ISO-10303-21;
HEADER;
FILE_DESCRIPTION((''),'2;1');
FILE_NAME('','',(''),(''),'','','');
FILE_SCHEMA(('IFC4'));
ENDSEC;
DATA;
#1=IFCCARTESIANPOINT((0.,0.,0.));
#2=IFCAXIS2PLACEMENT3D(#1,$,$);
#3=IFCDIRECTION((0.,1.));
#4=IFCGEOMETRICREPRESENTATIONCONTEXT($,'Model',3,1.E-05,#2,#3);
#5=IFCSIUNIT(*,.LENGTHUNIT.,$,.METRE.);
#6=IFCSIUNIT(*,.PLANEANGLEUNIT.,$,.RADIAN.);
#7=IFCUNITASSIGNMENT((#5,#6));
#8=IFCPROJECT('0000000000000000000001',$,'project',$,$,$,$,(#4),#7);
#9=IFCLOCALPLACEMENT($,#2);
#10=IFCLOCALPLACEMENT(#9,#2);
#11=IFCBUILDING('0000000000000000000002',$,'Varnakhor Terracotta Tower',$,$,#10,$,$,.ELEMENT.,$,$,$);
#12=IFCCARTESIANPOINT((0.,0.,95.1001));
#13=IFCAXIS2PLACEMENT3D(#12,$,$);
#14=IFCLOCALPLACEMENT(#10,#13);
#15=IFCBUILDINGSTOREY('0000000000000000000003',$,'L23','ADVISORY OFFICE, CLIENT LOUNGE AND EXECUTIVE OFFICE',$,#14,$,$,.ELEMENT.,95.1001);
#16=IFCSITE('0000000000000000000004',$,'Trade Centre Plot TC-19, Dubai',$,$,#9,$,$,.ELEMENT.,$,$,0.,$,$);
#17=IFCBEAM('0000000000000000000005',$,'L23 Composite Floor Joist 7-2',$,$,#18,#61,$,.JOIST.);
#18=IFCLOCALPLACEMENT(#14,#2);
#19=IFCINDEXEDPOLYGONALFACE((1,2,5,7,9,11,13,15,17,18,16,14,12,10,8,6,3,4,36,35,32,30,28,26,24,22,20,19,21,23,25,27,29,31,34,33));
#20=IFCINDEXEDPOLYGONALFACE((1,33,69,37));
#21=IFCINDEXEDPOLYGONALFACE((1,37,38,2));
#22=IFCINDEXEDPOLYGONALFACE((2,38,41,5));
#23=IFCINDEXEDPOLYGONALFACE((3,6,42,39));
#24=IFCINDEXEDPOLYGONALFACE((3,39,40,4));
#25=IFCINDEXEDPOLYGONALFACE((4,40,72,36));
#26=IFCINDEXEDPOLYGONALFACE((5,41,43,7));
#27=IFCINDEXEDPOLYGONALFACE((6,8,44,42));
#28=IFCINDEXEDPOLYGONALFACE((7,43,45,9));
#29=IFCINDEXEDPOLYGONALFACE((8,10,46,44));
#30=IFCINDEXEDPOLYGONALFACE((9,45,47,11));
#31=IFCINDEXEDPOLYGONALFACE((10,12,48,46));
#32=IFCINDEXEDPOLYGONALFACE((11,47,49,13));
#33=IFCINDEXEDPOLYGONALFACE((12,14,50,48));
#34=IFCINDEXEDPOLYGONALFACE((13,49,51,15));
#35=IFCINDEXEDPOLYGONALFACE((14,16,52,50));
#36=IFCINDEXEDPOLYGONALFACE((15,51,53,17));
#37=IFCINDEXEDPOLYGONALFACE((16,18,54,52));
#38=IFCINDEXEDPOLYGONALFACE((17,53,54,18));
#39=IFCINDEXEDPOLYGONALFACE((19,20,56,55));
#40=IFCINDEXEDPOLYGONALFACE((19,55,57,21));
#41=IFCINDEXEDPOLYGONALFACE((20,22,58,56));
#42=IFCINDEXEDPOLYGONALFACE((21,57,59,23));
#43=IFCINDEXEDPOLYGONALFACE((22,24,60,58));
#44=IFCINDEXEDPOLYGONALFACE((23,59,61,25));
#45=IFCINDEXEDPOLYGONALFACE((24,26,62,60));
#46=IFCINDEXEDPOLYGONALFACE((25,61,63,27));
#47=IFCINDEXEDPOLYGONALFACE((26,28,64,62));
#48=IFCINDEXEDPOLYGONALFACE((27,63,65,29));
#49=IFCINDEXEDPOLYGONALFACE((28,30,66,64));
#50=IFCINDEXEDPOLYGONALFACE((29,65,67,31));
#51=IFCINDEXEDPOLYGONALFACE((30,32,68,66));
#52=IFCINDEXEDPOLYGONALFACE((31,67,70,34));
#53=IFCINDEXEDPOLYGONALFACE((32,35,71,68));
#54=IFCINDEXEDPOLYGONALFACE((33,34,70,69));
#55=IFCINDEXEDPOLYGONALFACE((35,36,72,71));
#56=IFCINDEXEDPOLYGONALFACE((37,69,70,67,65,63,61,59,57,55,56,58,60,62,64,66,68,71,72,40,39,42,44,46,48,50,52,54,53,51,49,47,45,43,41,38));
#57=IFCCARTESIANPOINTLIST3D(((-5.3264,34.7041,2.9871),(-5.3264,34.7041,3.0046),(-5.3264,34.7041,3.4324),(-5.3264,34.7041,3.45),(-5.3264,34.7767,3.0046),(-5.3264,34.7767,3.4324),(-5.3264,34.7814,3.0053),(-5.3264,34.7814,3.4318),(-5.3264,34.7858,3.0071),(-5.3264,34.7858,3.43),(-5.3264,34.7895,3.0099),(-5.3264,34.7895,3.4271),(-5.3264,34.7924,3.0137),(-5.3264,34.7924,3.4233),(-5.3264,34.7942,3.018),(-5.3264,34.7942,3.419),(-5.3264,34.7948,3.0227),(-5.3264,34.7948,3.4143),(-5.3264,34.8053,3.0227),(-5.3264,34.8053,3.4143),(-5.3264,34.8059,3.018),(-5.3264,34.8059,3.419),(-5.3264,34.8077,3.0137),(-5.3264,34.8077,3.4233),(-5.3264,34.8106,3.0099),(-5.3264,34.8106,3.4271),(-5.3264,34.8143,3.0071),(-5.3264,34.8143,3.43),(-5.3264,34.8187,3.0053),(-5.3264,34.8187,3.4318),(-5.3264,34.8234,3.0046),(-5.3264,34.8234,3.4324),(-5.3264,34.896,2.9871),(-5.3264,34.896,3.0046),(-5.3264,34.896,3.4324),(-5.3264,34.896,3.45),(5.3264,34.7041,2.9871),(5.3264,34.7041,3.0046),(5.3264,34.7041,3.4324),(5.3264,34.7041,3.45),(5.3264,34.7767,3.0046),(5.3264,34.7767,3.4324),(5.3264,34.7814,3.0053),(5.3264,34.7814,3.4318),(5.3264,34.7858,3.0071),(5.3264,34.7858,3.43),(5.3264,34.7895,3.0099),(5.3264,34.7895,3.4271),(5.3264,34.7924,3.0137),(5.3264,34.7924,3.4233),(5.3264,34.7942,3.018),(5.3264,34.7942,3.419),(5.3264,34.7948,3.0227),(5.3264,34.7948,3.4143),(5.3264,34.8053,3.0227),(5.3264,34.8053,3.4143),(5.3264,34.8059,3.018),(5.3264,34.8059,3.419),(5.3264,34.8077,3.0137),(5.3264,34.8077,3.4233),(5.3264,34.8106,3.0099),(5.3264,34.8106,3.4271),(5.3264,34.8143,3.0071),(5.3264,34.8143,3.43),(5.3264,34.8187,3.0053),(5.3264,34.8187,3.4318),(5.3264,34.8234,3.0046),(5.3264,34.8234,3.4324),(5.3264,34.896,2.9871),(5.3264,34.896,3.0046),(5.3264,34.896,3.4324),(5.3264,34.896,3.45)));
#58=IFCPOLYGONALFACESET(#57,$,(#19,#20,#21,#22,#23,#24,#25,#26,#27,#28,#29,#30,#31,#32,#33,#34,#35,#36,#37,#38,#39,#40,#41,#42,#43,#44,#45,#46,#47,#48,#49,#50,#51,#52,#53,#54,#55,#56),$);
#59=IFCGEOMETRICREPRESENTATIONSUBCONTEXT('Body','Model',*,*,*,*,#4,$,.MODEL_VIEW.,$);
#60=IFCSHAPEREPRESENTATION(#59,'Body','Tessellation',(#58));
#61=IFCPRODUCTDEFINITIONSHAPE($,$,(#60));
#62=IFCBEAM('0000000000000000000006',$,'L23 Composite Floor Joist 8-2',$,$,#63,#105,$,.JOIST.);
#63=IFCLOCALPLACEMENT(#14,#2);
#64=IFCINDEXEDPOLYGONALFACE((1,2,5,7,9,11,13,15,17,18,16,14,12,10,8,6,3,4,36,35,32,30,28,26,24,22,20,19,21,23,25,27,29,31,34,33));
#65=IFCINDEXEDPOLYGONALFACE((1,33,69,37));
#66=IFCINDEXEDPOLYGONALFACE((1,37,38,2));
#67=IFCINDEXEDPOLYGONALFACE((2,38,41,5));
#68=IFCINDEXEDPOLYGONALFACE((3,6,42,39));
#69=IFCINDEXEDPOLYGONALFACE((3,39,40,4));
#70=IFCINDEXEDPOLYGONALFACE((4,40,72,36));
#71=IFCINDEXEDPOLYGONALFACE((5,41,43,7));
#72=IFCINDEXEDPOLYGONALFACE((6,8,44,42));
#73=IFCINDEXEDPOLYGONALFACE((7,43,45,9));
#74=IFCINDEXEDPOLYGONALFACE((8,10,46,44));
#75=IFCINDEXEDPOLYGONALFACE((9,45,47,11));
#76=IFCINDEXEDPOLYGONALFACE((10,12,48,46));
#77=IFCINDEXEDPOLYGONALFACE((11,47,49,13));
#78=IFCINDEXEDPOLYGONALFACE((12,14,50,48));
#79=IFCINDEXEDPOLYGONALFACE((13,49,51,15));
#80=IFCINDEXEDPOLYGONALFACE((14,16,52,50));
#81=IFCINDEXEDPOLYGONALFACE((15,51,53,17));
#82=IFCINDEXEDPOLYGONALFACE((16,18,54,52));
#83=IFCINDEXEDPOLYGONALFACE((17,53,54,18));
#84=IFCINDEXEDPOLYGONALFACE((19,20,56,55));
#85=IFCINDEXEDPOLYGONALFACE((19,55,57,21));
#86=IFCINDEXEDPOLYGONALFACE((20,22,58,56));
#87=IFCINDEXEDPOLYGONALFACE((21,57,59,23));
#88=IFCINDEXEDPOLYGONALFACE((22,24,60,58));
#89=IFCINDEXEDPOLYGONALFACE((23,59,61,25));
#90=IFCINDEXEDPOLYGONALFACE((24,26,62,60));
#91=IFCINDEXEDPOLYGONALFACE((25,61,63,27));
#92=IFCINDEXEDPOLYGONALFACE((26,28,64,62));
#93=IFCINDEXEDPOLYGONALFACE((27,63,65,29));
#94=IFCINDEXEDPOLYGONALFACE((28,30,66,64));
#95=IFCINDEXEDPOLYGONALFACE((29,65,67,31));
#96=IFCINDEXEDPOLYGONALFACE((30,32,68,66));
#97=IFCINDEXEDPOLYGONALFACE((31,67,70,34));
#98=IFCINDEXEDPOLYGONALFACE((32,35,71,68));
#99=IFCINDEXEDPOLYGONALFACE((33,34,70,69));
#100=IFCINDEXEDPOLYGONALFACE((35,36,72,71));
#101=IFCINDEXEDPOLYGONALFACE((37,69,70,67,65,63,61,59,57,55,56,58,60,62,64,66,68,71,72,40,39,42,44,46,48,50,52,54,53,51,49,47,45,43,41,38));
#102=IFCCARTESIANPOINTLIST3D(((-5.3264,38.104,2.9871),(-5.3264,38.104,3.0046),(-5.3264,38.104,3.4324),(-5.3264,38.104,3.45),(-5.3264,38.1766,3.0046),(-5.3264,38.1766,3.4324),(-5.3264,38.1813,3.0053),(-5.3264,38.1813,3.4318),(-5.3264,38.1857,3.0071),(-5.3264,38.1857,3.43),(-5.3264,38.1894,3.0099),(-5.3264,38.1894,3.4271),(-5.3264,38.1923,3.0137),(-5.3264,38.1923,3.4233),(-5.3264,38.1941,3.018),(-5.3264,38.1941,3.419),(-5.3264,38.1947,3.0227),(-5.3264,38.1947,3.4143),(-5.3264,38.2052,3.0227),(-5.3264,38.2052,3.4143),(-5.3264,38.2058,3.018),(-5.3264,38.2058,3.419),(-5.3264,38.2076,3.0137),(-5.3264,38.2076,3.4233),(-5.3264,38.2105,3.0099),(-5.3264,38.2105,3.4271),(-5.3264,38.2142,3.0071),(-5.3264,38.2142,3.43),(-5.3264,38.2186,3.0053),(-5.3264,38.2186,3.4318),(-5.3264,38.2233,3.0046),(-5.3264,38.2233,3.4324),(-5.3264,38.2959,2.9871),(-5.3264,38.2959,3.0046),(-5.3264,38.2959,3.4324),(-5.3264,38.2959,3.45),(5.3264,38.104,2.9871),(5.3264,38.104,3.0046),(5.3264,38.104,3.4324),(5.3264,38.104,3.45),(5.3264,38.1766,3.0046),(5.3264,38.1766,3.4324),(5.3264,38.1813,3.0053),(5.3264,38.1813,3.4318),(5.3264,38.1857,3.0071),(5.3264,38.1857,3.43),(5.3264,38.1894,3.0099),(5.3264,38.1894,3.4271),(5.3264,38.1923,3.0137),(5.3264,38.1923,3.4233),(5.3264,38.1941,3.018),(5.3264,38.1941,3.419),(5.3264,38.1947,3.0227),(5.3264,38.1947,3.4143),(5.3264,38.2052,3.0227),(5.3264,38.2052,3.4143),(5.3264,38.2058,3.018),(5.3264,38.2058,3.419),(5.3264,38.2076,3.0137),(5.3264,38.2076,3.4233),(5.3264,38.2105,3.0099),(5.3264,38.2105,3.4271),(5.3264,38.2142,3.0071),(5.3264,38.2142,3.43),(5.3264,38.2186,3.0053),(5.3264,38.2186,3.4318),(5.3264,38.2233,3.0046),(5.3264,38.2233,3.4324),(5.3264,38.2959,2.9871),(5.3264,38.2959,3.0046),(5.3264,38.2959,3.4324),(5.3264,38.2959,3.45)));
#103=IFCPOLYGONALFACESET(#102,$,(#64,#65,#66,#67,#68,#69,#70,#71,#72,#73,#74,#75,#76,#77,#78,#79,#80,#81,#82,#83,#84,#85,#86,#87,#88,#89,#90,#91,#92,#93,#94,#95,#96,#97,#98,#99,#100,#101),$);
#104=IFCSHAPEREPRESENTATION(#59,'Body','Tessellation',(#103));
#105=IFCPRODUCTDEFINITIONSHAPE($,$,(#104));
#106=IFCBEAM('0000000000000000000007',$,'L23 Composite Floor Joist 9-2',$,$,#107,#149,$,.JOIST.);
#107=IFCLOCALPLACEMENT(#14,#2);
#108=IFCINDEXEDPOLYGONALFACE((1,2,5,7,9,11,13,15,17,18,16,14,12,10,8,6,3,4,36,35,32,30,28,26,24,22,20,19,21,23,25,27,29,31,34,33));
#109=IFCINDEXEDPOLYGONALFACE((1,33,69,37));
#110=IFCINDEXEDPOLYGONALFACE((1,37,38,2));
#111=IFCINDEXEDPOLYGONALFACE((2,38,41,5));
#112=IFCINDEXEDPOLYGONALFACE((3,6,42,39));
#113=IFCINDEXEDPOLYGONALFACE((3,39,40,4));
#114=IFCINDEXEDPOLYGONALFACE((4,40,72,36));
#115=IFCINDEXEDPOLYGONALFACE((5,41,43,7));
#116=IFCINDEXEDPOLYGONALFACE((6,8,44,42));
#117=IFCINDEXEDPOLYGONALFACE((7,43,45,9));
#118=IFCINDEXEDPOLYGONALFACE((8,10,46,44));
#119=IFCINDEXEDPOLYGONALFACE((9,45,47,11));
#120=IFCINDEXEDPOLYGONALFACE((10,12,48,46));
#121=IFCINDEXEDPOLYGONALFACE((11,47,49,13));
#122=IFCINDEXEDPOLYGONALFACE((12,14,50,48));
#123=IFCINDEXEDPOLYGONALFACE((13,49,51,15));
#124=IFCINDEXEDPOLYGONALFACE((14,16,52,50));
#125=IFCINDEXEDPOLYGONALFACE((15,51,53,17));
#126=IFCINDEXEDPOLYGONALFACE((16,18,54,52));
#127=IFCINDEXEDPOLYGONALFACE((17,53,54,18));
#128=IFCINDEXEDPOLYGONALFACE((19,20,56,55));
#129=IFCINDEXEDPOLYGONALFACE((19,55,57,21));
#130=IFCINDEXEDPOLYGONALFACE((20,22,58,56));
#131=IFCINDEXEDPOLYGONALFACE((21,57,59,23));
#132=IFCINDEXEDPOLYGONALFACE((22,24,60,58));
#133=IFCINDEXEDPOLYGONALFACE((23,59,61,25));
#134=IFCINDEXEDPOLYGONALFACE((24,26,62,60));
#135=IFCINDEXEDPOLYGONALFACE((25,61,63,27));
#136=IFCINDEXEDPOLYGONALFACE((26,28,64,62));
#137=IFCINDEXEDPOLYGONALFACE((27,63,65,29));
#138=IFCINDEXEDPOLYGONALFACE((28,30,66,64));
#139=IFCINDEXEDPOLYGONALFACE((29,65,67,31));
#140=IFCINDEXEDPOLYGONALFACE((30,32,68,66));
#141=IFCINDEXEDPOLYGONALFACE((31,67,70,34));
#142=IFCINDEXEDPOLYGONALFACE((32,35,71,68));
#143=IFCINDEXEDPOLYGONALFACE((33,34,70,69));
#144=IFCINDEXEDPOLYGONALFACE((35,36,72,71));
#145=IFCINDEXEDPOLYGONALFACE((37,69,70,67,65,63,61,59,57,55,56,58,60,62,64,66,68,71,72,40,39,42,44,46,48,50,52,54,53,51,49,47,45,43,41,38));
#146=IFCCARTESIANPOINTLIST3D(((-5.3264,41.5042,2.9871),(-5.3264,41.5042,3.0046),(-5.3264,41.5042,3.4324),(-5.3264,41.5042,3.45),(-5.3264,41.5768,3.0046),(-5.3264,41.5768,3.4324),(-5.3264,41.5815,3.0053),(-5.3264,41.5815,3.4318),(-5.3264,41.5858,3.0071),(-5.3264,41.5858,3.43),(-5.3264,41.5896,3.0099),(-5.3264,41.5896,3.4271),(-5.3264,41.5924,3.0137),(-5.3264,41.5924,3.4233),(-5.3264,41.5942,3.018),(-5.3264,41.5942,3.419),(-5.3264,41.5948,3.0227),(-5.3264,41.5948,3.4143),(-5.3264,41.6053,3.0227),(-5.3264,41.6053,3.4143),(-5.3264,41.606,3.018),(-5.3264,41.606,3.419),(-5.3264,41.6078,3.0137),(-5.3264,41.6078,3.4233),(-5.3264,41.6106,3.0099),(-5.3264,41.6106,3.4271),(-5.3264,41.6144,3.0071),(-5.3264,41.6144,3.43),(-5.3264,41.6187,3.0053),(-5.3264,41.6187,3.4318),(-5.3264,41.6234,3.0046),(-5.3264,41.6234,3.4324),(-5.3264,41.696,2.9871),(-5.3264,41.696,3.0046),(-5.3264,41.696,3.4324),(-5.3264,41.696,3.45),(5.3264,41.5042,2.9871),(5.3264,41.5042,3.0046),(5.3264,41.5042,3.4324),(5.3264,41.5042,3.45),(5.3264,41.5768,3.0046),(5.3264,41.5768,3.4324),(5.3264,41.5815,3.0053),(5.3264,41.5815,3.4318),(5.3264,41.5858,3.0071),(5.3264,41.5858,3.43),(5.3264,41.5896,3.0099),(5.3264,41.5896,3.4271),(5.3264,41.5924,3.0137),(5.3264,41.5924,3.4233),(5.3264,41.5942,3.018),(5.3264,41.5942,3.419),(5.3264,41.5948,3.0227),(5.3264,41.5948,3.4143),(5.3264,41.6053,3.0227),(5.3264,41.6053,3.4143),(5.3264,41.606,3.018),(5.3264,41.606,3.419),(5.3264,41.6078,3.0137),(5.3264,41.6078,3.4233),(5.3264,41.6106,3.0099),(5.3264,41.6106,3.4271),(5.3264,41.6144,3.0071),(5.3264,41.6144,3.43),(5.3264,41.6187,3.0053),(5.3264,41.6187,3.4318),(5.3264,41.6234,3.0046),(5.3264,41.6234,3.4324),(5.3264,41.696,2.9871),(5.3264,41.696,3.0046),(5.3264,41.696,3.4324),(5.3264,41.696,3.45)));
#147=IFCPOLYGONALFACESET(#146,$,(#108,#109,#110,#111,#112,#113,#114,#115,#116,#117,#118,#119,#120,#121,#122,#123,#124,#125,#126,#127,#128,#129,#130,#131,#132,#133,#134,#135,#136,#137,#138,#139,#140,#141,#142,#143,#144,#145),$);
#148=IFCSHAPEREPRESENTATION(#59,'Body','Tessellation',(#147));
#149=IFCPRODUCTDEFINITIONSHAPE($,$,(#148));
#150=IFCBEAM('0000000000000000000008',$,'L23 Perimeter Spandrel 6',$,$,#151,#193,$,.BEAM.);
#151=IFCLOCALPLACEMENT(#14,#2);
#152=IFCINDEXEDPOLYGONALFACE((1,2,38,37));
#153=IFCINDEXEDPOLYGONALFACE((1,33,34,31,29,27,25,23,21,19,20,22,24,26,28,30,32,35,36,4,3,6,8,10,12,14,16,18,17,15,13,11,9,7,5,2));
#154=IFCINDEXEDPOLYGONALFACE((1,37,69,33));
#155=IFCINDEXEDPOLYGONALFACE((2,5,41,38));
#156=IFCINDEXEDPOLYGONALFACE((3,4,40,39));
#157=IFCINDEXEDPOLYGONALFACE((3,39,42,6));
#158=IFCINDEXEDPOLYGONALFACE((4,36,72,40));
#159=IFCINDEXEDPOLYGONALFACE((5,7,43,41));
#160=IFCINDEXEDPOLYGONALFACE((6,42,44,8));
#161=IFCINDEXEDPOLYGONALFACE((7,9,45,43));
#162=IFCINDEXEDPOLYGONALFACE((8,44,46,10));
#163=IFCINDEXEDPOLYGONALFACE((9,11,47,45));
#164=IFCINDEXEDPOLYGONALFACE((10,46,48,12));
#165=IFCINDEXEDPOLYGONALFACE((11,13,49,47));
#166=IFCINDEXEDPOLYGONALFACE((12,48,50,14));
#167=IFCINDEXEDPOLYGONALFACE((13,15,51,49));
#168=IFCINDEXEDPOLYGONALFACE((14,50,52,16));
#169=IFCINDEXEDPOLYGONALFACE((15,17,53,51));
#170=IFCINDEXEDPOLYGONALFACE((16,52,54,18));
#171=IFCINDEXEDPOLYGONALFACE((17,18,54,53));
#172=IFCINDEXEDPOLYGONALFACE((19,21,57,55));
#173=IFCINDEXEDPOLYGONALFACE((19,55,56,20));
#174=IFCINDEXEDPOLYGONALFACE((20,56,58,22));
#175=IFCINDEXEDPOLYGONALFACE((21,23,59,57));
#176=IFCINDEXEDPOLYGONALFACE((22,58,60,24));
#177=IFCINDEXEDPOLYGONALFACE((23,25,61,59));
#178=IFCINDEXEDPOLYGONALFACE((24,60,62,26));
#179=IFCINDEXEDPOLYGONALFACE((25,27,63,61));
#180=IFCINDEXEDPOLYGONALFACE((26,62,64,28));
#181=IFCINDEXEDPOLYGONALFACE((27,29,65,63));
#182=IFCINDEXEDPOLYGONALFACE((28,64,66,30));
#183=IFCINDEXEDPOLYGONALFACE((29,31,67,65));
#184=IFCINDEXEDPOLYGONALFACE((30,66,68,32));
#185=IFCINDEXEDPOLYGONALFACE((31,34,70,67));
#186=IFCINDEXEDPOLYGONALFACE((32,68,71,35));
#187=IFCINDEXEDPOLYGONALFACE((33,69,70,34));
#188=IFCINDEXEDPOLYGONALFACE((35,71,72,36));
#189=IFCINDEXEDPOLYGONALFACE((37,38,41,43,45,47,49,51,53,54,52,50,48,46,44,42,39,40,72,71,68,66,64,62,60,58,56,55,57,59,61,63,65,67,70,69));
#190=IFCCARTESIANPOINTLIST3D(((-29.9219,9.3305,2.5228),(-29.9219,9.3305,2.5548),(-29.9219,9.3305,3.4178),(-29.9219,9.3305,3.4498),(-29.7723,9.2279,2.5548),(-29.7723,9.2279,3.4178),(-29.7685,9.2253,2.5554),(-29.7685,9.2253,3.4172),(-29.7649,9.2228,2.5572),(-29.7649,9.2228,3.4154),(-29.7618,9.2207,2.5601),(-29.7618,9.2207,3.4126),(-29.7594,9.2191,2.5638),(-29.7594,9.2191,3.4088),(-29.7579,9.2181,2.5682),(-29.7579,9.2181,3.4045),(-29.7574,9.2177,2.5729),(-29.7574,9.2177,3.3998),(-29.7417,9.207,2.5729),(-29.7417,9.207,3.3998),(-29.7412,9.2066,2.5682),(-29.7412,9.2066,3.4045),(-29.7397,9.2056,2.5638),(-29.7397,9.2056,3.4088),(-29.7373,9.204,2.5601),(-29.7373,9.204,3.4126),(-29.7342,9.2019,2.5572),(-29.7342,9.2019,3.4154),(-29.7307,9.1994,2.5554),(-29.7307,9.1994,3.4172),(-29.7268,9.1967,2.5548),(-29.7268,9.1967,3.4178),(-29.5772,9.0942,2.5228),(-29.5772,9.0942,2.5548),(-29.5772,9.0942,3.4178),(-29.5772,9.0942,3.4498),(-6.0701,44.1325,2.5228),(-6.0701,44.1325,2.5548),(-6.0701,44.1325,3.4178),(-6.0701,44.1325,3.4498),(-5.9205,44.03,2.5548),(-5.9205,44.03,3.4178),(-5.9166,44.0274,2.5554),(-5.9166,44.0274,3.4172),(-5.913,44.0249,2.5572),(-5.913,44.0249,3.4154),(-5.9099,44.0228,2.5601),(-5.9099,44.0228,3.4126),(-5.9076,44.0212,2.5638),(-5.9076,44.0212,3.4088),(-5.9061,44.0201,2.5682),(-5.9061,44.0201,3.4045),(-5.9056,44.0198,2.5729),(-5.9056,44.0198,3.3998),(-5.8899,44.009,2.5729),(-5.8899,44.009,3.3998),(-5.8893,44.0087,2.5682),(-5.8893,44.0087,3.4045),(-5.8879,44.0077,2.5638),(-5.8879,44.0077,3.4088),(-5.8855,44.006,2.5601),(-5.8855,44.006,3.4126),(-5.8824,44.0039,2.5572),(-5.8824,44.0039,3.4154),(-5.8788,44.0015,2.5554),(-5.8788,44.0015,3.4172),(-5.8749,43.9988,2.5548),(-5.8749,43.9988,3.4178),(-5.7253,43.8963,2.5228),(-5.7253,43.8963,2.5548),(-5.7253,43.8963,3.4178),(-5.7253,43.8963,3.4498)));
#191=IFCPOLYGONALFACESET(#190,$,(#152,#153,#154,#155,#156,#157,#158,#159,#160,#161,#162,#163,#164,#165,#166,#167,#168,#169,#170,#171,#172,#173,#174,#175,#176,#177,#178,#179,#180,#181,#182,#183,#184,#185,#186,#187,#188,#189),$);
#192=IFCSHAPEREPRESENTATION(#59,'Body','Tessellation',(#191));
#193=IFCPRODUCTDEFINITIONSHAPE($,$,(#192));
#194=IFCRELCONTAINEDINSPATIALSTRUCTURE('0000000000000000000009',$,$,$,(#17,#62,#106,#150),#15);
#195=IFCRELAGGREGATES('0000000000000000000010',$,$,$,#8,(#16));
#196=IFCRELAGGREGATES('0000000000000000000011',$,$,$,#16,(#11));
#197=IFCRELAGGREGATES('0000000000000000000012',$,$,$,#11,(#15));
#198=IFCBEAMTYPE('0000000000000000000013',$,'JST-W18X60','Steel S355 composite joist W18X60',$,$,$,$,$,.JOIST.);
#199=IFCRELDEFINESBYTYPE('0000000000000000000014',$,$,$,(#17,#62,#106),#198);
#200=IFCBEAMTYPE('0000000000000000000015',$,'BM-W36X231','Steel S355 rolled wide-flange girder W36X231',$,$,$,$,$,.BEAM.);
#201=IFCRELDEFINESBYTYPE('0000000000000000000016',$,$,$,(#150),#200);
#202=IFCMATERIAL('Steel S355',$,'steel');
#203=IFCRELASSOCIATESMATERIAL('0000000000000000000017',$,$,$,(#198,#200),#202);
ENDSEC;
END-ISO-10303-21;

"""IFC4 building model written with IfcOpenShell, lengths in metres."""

from ifc_helpers import new_model, si_unit, direction, frame, origin, origin_2d, place, context, subcontext, project, spatial, i_section, extrude, source, transform, mapped, material, material_profile, profile_set, type_object, element, save


model = new_model("IFC4")

# Units and contexts
model_context = context("Model", 3, precision=1e-05, world=origin(), true_north=direction((0.0, 1.0)))
body_context = subcontext(model_context, "Body", "Model", "MODEL_VIEW")
ifc_project = project(units=[si_unit("LENGTHUNIT", "METRE"), si_unit("PLANEANGLEUNIT", "RADIAN")], contexts=[model_context])

# Site, building, storey
site_placement = place(None, origin())
site = spatial("IfcSite", under=ifc_project, at=site_placement, Name="Trade Centre Plot TC-19, Dubai", CompositionType="ELEMENT", RefElevation=0.0)
building_placement = place(site_placement, origin())
building = spatial("IfcBuilding", under=site, at=building_placement, Name="Varnakhor Terracotta Tower", CompositionType="ELEMENT")
storey_placement = place(building_placement, frame((0.0, 0.0, 95.1001)))
storey = spatial("IfcBuildingStorey", under=building, at=storey_placement, Name="L23", Description="ADVISORY OFFICE, CLIENT LOUNGE AND EXECUTIVE OFFICE", CompositionType="ELEMENT", Elevation=95.1001)

# Beams
ifc_material_1 = material(Name="Steel S355", Category="steel")
ifc_material_profile_1 = material_profile(ifc_material_1, i_section(OverallWidth=0.1919, OverallDepth=0.4629, WebThickness=0.0105, FlangeThickness=0.0176, FilletRadius=0.0181, at=origin_2d()), Name="W18X60")
ifc_profile_set_1 = profile_set([ifc_material_profile_1], Name="Steel S355")
beam_type_1 = type_object("IfcBeamType", Name="JST-W18X60", Description="Steel S355 composite joist W18X60", PredefinedType="JOIST", material=ifc_profile_set_1)
shared_shape_1 = source(origin(), body_context, "Body", "SweptSolid", [
    extrude(i_section(OverallWidth=0.1919, OverallDepth=0.4629, WebThickness=0.0105, FlangeThickness=0.0176, FilletRadius=0.0181, at=origin_2d()), origin(), (0.0, 0.0, 1.0), 10.6528),
])
for number, where, z_axis, x_axis, name in (
    (1, (-5.3264, 34.8, 3.2185), (1.0, 0.0, 0.0), (0.0, 1.0, 0.0), "L23 Composite Floor Joist 7-2"),
    (2, (-5.3264, 38.2, 3.2185), (1.0, 0.0, 0.0), (0.0, 1.0, 0.0), "L23 Composite Floor Joist 8-2"),
    (3, (-5.3264, 41.6001, 3.2185), (1.0, 0.0, 0.0), (0.0, 1.0, 0.0), "L23 Composite Floor Joist 9-2"),
):
    element("IfcBeam", number, at=place(storey_placement, frame(where, z_axis=z_axis, x_axis=x_axis)), inside=storey, type_object=beam_type_1, Name=name, PredefinedType="JOIST", context=body_context, shape_type="MappedRepresentation", body=[
        mapped(shared_shape_1, transform((0.0, 0.0, 0.0), scale=1.0)),
    ])
ifc_material_profile_2 = material_profile(ifc_material_1, i_section(OverallWidth=0.418, OverallDepth=0.927, WebThickness=0.019, FlangeThickness=0.032, FilletRadius=0.0181, at=origin_2d()), Name="W36X231")
ifc_profile_set_2 = profile_set([ifc_material_profile_2], Name="Steel S355")
beam_type_2 = type_object("IfcBeamType", Name="BM-W36X231", Description="Steel S355 rolled wide-flange girder W36X231", PredefinedType="BEAM", material=ifc_profile_set_2)
shared_shape_2 = source(origin(), body_context, "Body", "SweptSolid", [
    extrude(i_section(OverallWidth=0.418, OverallDepth=0.927, WebThickness=0.019, FlangeThickness=0.032, FilletRadius=0.0181, at=origin_2d()), origin(), (0.0, 0.0, 1.0), 42.1912),
])
beam_1_placement = place(storey_placement, frame((-5.8977, 44.0144, 2.9863), z_axis=(-0.565328, -0.824866, 0.0), x_axis=(0.824866, -0.565328, 0.0)))
element("IfcBeam", 4, at=beam_1_placement, inside=storey, type_object=beam_type_2, Name="L23 Perimeter Spandrel 6", PredefinedType="BEAM", context=body_context, shape_type="MappedRepresentation", body=[
    mapped(shared_shape_2, transform((0.0, 0.0, 0.0), scale=1.0)),
])

save(model, "model.ifc")
